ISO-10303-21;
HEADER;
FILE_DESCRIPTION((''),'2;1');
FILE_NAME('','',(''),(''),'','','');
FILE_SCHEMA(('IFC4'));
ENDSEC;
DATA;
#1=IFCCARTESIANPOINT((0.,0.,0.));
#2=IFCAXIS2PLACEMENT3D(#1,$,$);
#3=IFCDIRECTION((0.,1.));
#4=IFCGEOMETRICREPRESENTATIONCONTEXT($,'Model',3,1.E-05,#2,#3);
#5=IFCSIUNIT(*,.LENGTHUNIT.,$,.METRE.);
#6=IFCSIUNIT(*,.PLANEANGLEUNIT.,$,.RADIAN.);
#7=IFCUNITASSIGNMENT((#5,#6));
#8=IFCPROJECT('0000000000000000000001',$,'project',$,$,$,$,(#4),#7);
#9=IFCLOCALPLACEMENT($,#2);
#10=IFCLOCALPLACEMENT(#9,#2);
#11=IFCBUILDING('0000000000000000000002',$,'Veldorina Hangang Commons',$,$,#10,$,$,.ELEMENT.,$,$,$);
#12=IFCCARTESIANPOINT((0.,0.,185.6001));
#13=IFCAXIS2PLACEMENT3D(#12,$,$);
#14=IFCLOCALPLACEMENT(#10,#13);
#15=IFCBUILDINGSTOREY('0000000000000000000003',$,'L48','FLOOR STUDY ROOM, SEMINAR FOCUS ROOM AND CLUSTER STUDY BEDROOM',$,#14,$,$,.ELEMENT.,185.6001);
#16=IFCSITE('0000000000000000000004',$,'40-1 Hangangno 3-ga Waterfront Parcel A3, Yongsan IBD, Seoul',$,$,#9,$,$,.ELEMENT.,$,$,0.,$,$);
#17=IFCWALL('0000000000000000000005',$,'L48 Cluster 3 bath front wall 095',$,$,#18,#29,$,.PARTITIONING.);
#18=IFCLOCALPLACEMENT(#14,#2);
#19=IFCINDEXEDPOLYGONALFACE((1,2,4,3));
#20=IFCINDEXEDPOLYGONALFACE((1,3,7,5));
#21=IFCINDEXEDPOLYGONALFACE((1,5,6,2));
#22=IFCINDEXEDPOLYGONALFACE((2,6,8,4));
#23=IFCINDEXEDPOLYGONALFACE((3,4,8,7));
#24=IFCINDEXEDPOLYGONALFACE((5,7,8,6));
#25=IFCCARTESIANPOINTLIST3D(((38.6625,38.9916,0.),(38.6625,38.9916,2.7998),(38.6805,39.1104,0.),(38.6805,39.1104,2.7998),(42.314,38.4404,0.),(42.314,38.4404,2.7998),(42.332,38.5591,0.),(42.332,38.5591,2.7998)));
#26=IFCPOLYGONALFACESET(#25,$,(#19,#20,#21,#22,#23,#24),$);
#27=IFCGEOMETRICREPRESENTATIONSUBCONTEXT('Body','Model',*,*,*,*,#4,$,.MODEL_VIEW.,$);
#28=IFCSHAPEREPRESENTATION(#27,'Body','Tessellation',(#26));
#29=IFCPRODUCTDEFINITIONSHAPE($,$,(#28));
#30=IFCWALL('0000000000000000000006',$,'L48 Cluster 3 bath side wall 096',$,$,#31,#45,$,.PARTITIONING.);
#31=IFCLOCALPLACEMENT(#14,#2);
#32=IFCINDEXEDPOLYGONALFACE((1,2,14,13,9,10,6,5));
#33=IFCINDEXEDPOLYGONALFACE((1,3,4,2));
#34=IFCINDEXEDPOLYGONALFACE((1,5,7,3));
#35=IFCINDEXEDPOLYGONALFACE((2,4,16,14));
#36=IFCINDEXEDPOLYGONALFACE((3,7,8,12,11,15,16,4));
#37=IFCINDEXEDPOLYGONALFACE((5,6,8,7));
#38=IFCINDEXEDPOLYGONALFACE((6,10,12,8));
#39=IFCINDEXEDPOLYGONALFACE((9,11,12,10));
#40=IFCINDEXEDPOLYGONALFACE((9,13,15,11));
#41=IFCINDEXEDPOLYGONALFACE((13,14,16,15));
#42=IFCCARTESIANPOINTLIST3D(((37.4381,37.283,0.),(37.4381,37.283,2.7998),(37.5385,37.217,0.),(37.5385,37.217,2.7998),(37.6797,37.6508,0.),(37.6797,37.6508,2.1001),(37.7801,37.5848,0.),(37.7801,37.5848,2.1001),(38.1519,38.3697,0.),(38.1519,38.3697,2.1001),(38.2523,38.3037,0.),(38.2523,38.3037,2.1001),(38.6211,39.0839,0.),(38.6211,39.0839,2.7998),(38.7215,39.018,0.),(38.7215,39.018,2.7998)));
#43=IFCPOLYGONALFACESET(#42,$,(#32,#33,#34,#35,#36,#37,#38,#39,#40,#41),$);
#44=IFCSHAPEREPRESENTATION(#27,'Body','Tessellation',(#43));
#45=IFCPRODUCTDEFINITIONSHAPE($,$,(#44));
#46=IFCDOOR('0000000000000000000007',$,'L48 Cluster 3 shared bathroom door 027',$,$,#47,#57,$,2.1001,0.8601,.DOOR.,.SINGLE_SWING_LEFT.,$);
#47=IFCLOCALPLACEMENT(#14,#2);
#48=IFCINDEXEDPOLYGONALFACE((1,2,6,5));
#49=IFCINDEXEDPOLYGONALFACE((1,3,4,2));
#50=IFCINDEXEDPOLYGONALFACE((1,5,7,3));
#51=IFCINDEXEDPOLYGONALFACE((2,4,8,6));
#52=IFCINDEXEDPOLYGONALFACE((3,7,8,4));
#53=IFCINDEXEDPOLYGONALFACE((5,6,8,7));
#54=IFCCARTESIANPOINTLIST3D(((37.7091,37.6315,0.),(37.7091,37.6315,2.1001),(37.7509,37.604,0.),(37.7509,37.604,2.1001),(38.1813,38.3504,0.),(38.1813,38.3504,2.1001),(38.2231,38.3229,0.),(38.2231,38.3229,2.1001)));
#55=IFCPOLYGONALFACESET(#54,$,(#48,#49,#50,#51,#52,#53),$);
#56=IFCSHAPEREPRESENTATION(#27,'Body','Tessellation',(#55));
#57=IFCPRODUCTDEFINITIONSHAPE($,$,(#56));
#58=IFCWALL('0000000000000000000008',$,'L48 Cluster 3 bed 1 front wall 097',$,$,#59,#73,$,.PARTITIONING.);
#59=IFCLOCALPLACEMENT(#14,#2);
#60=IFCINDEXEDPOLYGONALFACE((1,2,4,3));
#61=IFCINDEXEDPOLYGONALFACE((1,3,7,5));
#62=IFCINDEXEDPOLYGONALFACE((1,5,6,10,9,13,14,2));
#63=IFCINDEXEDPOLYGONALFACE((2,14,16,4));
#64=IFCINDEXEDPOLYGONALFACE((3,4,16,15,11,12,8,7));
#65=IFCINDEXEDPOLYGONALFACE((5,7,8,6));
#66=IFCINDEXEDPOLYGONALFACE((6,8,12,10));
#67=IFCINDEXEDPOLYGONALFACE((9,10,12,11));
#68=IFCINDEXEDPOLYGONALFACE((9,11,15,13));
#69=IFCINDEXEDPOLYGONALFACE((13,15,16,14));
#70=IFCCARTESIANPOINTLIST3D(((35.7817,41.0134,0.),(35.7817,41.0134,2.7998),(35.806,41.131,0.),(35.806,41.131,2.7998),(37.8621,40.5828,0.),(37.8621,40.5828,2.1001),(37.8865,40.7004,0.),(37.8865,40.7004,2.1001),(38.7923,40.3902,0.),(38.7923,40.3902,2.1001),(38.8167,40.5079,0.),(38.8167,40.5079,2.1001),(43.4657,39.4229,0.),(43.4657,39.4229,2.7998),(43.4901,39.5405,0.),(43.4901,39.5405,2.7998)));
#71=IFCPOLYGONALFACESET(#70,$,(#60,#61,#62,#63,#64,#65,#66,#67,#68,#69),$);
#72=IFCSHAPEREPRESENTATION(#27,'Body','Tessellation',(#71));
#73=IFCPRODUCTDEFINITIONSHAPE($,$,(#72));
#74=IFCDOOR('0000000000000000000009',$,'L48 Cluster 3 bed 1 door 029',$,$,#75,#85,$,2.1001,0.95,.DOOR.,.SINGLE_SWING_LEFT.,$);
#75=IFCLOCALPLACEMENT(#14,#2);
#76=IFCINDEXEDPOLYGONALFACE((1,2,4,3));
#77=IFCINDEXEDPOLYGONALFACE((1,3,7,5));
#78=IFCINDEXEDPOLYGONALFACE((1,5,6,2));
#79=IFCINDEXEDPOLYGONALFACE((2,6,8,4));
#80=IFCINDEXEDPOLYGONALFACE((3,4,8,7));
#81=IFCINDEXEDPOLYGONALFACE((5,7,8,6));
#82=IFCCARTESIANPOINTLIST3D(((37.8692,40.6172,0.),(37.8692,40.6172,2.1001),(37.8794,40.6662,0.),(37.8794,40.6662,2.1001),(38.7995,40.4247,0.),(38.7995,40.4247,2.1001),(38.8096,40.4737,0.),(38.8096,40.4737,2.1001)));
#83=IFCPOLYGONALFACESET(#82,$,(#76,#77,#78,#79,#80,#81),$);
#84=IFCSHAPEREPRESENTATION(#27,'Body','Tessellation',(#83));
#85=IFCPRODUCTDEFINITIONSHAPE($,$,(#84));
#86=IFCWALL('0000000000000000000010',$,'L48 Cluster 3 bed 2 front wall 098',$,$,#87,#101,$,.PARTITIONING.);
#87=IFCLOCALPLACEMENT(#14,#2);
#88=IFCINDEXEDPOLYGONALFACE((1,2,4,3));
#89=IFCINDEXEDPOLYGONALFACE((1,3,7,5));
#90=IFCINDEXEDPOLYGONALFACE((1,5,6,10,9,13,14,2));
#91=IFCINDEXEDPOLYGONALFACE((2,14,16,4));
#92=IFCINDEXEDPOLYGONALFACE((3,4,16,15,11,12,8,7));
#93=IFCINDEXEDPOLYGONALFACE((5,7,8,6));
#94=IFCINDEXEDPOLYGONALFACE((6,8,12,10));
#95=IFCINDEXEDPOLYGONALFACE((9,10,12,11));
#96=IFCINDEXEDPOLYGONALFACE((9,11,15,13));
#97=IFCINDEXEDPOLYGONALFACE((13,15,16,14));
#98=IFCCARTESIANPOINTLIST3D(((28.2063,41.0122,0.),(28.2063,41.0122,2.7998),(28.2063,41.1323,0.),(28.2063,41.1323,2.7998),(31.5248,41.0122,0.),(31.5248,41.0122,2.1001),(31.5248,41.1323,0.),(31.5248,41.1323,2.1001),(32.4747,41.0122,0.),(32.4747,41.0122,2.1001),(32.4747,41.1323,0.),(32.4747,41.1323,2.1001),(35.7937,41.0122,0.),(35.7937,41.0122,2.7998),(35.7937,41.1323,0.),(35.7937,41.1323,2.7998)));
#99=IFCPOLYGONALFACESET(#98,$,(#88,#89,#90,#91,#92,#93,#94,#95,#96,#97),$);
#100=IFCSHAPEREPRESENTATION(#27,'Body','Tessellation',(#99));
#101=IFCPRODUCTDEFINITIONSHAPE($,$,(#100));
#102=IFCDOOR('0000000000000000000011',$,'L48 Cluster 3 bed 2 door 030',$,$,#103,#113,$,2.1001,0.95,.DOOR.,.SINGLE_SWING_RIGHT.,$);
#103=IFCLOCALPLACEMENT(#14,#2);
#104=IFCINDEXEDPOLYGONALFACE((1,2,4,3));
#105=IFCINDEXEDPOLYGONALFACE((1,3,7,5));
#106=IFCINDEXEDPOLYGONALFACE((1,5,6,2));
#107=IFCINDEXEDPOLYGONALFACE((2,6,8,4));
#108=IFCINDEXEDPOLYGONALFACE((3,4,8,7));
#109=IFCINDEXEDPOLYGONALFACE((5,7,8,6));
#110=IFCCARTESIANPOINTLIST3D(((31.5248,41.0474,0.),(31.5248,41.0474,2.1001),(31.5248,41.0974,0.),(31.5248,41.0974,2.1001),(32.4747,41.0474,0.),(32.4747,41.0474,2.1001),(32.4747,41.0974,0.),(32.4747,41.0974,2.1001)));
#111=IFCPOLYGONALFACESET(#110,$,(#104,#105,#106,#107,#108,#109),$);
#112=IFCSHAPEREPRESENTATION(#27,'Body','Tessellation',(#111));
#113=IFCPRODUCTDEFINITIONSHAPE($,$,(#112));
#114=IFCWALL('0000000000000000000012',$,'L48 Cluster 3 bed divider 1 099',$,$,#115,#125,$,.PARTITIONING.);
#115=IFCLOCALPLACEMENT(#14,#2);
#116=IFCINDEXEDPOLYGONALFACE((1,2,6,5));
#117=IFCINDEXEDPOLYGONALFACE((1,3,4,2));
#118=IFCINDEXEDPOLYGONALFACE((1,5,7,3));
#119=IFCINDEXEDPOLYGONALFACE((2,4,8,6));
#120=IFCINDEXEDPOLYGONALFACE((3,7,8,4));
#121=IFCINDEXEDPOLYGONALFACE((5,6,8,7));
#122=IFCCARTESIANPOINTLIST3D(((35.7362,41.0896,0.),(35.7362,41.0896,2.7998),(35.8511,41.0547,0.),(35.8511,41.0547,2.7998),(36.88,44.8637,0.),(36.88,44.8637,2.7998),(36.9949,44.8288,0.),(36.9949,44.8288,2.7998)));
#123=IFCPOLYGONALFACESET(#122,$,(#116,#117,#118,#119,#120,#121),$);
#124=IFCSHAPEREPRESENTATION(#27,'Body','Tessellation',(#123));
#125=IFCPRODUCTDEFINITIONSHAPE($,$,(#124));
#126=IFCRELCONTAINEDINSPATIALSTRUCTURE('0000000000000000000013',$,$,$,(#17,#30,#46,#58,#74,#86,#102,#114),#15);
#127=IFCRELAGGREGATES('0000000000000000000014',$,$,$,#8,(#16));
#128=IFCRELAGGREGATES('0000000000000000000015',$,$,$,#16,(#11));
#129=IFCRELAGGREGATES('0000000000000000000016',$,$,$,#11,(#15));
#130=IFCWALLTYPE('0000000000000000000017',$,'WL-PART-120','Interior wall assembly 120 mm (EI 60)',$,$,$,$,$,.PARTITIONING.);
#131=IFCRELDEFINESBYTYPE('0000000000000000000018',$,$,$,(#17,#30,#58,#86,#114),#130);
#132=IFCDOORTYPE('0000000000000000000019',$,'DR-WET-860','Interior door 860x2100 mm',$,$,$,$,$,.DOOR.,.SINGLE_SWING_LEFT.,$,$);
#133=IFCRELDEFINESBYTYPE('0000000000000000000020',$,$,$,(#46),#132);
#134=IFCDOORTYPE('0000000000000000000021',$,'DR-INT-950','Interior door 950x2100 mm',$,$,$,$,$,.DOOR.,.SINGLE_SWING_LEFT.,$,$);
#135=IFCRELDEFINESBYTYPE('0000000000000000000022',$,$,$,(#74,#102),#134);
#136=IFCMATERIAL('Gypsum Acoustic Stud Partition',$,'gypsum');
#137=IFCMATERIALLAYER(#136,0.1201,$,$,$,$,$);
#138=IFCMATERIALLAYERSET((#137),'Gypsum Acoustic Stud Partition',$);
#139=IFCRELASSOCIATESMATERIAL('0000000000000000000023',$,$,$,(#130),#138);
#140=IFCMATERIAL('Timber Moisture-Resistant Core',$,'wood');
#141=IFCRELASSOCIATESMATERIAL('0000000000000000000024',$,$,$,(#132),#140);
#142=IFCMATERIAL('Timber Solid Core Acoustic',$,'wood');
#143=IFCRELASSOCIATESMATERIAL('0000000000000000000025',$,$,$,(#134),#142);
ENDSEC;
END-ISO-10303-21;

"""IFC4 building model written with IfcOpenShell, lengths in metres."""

from ifc_helpers import new_model, si_unit, direction, frame, frame_2d, origin, place, context, subcontext, project, spatial, rectangle, extrude, material, layer, layer_set, type_object, element, fill, save


model = new_model("IFC4")

# Units and contexts
model_context = context("Model", 3, precision=1e-05, world=origin(), true_north=direction((0.0, 1.0)))
body_context = subcontext(model_context, "Body", "Model", "MODEL_VIEW")
ifc_project = project(units=[si_unit("LENGTHUNIT", "METRE"), si_unit("PLANEANGLEUNIT", "RADIAN")], contexts=[model_context])

# Site, building, storey
site_placement = place(None, origin())
site = spatial("IfcSite", under=ifc_project, at=site_placement, Name="40-1 Hangangno 3-ga Waterfront Parcel A3, Yongsan IBD, Seoul", CompositionType="ELEMENT", RefElevation=0.0)
building_placement = place(site_placement, origin())
building = spatial("IfcBuilding", under=site, at=building_placement, Name="Veldorina Hangang Commons", CompositionType="ELEMENT")
storey_placement = place(building_placement, frame((0.0, 0.0, 185.6001)))
storey = spatial("IfcBuildingStorey", under=building, at=storey_placement, Name="L48", Description="FLOOR STUDY ROOM, SEMINAR FOCUS ROOM AND CLUSTER STUDY BEDROOM", CompositionType="ELEMENT", Elevation=185.6001)

# Wall
ifc_material_1 = material(Name="Gypsum Acoustic Stud Partition", Category="gypsum")
ifc_layer_1 = layer(ifc_material_1, 0.1201)
ifc_layer_set_1 = layer_set([ifc_layer_1], Name="Gypsum Acoustic Stud Partition")
wall_type_1 = type_object("IfcWallType", Name="WL-PART-120", Description="Interior wall assembly 120 mm (EI 60)", PredefinedType="PARTITIONING", material=ifc_layer_set_1)
wall_1_placement = place(storey_placement, frame((42.323, 38.4998, 0.0), z_axis=(0.0, 0.0, 1.0), x_axis=(-0.988796, 0.149275, 0.0)))
element("IfcWall", 1, at=wall_1_placement, inside=storey, type_object=wall_type_1, Name="L48 Cluster 3 bath front wall 095", PredefinedType="PARTITIONING", context=body_context, shape_type="SweptSolid", body=[
    extrude(rectangle(XDim=3.6929, YDim=0.1201, at=frame_2d((1.8464, 0.0))), origin(), (0.0, 0.0, 1.0), 2.7998),
])

# Walls, openings, doors
wall_2_placement = place(storey_placement, frame((37.4883, 37.25, 0.0), z_axis=(0.0, 0.0, 1.0), x_axis=(0.54904, 0.835796, 0.0)))
wall_2 = element("IfcWall", 2, at=wall_2_placement, inside=storey, type_object=wall_type_1, Name="L48 Cluster 3 bath side wall 096", PredefinedType="PARTITIONING", context=body_context, shape_type="SweptSolid", body=[
    extrude(rectangle(XDim=2.1548, YDim=0.1201, at=frame_2d((1.0774, 0.0))), origin(), (0.0, 0.0, 1.0), 2.7998),
])
opening_1_placement = place(wall_2_placement, frame((0.4399, 0.0, 0.0)))
opening_1 = element("IfcOpeningElement", 3, at=opening_1_placement, cuts=wall_2, PredefinedType="OPENING", context=body_context, shape_type="SweptSolid", body=[
    extrude(rectangle(XDim=0.8601, YDim=2.1001, at=frame_2d((0.4302, 1.05))), frame((0.0, 0.0701, 0.0), z_axis=(0.0, -1.0, 0.0), x_axis=(1.0, 0.0, 0.0)), (0.0, 0.0, 1.0), 0.1401),
])
ifc_material_2 = material(Name="Timber Moisture-Resistant Core", Category="wood")
door_type_1 = type_object("IfcDoorType", Name="DR-WET-860", Description="Interior door 860x2100 mm", OperationType="SINGLE_SWING_LEFT", PredefinedType="DOOR", material=ifc_material_2)
door_1_placement = place(opening_1_placement, origin())
door_1 = element("IfcDoor", 4, at=door_1_placement, inside=storey, type_object=door_type_1, Name="L48 Cluster 3 shared bathroom door 027", OperationType="SINGLE_SWING_LEFT", OverallHeight=2.1001, OverallWidth=0.8601, PredefinedType="DOOR", context=body_context, shape_type="SweptSolid", body=[
    extrude(rectangle(XDim=0.8601, YDim=2.1001, at=frame_2d((0.4302, 1.05))), frame((0.0, 0.0249, 0.0), z_axis=(0.0, -1.0, 0.0), x_axis=(1.0, 0.0, 0.0)), (0.0, 0.0, 1.0), 0.05),
])
fill(opening_1, door_1)
wall_3_placement = place(storey_placement, frame((43.4778, 39.4817, 0.0), z_axis=(0.0, 0.0, 1.0), x_axis=(-0.979241, 0.202699, 0.0)))
wall_3 = element("IfcWall", 5, at=wall_3_placement, inside=storey, type_object=wall_type_1, Name="L48 Cluster 3 bed 1 front wall 097", PredefinedType="PARTITIONING", context=body_context, shape_type="SweptSolid", body=[
    extrude(rectangle(XDim=7.8469, YDim=0.1201, at=frame_2d((3.9233, 0.0))), origin(), (0.0, 0.0, 1.0), 2.7998),
])
opening_2_placement = place(wall_3_placement, frame((4.7722, 0.0, 0.0)))
opening_2 = element("IfcOpeningElement", 6, at=opening_2_placement, cuts=wall_3, PredefinedType="OPENING", context=body_context, shape_type="SweptSolid", body=[
    extrude(rectangle(XDim=0.95, YDim=2.1001, at=frame_2d((0.4751, 1.05))), frame((0.0, 0.0701, 0.0), z_axis=(0.0, -1.0, 0.0), x_axis=(1.0, 0.0, 0.0)), (0.0, 0.0, 1.0), 0.1401),
])
ifc_material_3 = material(Name="Timber Solid Core Acoustic", Category="wood")
door_type_2 = type_object("IfcDoorType", Name="DR-INT-950", Description="Interior door 950x2100 mm", OperationType="SINGLE_SWING_LEFT", PredefinedType="DOOR", material=ifc_material_3)
door_2_placement = place(opening_2_placement, origin())
door_2 = element("IfcDoor", 7, at=door_2_placement, inside=storey, type_object=door_type_2, Name="L48 Cluster 3 bed 1 door 029", OperationType="SINGLE_SWING_LEFT", OverallHeight=2.1001, OverallWidth=0.95, PredefinedType="DOOR", context=body_context, shape_type="SweptSolid", body=[
    extrude(rectangle(XDim=0.95, YDim=2.1001, at=frame_2d((0.4751, 1.05))), frame((0.0, 0.0249, 0.0), z_axis=(0.0, -1.0, 0.0), x_axis=(1.0, 0.0, 0.0)), (0.0, 0.0, 1.0), 0.05),
])
fill(opening_2, door_2)
wall_4_placement = place(storey_placement, frame((35.7937, 41.0723, 0.0), z_axis=(0.0, 0.0, 1.0), x_axis=(-1.0, 0.0, 0.0)))
wall_4 = element("IfcWall", 8, at=wall_4_placement, inside=storey, type_object=wall_type_1, Name="L48 Cluster 3 bed 2 front wall 098", PredefinedType="PARTITIONING", context=body_context, shape_type="SweptSolid", body=[
    extrude(rectangle(XDim=7.5874, YDim=0.1201, at=frame_2d((3.7937, 0.0))), origin(), (0.0, 0.0, 1.0), 2.7998),
])
opening_3_placement = place(wall_4_placement, frame((3.3188, 0.0, 0.0)))
opening_3 = element("IfcOpeningElement", 9, at=opening_3_placement, cuts=wall_4, PredefinedType="OPENING", context=body_context, shape_type="SweptSolid", body=[
    extrude(rectangle(XDim=0.95, YDim=2.1001, at=frame_2d((0.4751, 1.05))), frame((0.0, 0.0701, 0.0), z_axis=(0.0, -1.0, 0.0), x_axis=(1.0, 0.0, 0.0)), (0.0, 0.0, 1.0), 0.1401),
])
door_3_placement = place(opening_3_placement, origin())
door_3 = element("IfcDoor", 10, at=door_3_placement, inside=storey, type_object=door_type_2, Name="L48 Cluster 3 bed 2 door 030", OperationType="SINGLE_SWING_RIGHT", OverallHeight=2.1001, OverallWidth=0.95, PredefinedType="DOOR", context=body_context, shape_type="SweptSolid", body=[
    extrude(rectangle(XDim=0.95, YDim=2.1001, at=frame_2d((0.4751, 1.05))), frame((0.0, 0.0249, 0.0), z_axis=(0.0, -1.0, 0.0), x_axis=(1.0, 0.0, 0.0)), (0.0, 0.0, 1.0), 0.05),
])
fill(opening_3, door_3)

# Wall
wall_5_placement = place(storey_placement, frame((35.7937, 41.0723, 0.0), z_axis=(0.0, 0.0, 1.0), x_axis=(0.290033, 0.957017, 0.0)))
element("IfcWall", 11, at=wall_5_placement, inside=storey, type_object=wall_type_1, Name="L48 Cluster 3 bed divider 1 099", PredefinedType="PARTITIONING", context=body_context, shape_type="SweptSolid", body=[
    extrude(rectangle(XDim=3.9436, YDim=0.1201, at=frame_2d((1.9717, 0.0))), origin(), (0.0, 0.0, 1.0), 2.7998),
])

save(model, "model.ifc")
